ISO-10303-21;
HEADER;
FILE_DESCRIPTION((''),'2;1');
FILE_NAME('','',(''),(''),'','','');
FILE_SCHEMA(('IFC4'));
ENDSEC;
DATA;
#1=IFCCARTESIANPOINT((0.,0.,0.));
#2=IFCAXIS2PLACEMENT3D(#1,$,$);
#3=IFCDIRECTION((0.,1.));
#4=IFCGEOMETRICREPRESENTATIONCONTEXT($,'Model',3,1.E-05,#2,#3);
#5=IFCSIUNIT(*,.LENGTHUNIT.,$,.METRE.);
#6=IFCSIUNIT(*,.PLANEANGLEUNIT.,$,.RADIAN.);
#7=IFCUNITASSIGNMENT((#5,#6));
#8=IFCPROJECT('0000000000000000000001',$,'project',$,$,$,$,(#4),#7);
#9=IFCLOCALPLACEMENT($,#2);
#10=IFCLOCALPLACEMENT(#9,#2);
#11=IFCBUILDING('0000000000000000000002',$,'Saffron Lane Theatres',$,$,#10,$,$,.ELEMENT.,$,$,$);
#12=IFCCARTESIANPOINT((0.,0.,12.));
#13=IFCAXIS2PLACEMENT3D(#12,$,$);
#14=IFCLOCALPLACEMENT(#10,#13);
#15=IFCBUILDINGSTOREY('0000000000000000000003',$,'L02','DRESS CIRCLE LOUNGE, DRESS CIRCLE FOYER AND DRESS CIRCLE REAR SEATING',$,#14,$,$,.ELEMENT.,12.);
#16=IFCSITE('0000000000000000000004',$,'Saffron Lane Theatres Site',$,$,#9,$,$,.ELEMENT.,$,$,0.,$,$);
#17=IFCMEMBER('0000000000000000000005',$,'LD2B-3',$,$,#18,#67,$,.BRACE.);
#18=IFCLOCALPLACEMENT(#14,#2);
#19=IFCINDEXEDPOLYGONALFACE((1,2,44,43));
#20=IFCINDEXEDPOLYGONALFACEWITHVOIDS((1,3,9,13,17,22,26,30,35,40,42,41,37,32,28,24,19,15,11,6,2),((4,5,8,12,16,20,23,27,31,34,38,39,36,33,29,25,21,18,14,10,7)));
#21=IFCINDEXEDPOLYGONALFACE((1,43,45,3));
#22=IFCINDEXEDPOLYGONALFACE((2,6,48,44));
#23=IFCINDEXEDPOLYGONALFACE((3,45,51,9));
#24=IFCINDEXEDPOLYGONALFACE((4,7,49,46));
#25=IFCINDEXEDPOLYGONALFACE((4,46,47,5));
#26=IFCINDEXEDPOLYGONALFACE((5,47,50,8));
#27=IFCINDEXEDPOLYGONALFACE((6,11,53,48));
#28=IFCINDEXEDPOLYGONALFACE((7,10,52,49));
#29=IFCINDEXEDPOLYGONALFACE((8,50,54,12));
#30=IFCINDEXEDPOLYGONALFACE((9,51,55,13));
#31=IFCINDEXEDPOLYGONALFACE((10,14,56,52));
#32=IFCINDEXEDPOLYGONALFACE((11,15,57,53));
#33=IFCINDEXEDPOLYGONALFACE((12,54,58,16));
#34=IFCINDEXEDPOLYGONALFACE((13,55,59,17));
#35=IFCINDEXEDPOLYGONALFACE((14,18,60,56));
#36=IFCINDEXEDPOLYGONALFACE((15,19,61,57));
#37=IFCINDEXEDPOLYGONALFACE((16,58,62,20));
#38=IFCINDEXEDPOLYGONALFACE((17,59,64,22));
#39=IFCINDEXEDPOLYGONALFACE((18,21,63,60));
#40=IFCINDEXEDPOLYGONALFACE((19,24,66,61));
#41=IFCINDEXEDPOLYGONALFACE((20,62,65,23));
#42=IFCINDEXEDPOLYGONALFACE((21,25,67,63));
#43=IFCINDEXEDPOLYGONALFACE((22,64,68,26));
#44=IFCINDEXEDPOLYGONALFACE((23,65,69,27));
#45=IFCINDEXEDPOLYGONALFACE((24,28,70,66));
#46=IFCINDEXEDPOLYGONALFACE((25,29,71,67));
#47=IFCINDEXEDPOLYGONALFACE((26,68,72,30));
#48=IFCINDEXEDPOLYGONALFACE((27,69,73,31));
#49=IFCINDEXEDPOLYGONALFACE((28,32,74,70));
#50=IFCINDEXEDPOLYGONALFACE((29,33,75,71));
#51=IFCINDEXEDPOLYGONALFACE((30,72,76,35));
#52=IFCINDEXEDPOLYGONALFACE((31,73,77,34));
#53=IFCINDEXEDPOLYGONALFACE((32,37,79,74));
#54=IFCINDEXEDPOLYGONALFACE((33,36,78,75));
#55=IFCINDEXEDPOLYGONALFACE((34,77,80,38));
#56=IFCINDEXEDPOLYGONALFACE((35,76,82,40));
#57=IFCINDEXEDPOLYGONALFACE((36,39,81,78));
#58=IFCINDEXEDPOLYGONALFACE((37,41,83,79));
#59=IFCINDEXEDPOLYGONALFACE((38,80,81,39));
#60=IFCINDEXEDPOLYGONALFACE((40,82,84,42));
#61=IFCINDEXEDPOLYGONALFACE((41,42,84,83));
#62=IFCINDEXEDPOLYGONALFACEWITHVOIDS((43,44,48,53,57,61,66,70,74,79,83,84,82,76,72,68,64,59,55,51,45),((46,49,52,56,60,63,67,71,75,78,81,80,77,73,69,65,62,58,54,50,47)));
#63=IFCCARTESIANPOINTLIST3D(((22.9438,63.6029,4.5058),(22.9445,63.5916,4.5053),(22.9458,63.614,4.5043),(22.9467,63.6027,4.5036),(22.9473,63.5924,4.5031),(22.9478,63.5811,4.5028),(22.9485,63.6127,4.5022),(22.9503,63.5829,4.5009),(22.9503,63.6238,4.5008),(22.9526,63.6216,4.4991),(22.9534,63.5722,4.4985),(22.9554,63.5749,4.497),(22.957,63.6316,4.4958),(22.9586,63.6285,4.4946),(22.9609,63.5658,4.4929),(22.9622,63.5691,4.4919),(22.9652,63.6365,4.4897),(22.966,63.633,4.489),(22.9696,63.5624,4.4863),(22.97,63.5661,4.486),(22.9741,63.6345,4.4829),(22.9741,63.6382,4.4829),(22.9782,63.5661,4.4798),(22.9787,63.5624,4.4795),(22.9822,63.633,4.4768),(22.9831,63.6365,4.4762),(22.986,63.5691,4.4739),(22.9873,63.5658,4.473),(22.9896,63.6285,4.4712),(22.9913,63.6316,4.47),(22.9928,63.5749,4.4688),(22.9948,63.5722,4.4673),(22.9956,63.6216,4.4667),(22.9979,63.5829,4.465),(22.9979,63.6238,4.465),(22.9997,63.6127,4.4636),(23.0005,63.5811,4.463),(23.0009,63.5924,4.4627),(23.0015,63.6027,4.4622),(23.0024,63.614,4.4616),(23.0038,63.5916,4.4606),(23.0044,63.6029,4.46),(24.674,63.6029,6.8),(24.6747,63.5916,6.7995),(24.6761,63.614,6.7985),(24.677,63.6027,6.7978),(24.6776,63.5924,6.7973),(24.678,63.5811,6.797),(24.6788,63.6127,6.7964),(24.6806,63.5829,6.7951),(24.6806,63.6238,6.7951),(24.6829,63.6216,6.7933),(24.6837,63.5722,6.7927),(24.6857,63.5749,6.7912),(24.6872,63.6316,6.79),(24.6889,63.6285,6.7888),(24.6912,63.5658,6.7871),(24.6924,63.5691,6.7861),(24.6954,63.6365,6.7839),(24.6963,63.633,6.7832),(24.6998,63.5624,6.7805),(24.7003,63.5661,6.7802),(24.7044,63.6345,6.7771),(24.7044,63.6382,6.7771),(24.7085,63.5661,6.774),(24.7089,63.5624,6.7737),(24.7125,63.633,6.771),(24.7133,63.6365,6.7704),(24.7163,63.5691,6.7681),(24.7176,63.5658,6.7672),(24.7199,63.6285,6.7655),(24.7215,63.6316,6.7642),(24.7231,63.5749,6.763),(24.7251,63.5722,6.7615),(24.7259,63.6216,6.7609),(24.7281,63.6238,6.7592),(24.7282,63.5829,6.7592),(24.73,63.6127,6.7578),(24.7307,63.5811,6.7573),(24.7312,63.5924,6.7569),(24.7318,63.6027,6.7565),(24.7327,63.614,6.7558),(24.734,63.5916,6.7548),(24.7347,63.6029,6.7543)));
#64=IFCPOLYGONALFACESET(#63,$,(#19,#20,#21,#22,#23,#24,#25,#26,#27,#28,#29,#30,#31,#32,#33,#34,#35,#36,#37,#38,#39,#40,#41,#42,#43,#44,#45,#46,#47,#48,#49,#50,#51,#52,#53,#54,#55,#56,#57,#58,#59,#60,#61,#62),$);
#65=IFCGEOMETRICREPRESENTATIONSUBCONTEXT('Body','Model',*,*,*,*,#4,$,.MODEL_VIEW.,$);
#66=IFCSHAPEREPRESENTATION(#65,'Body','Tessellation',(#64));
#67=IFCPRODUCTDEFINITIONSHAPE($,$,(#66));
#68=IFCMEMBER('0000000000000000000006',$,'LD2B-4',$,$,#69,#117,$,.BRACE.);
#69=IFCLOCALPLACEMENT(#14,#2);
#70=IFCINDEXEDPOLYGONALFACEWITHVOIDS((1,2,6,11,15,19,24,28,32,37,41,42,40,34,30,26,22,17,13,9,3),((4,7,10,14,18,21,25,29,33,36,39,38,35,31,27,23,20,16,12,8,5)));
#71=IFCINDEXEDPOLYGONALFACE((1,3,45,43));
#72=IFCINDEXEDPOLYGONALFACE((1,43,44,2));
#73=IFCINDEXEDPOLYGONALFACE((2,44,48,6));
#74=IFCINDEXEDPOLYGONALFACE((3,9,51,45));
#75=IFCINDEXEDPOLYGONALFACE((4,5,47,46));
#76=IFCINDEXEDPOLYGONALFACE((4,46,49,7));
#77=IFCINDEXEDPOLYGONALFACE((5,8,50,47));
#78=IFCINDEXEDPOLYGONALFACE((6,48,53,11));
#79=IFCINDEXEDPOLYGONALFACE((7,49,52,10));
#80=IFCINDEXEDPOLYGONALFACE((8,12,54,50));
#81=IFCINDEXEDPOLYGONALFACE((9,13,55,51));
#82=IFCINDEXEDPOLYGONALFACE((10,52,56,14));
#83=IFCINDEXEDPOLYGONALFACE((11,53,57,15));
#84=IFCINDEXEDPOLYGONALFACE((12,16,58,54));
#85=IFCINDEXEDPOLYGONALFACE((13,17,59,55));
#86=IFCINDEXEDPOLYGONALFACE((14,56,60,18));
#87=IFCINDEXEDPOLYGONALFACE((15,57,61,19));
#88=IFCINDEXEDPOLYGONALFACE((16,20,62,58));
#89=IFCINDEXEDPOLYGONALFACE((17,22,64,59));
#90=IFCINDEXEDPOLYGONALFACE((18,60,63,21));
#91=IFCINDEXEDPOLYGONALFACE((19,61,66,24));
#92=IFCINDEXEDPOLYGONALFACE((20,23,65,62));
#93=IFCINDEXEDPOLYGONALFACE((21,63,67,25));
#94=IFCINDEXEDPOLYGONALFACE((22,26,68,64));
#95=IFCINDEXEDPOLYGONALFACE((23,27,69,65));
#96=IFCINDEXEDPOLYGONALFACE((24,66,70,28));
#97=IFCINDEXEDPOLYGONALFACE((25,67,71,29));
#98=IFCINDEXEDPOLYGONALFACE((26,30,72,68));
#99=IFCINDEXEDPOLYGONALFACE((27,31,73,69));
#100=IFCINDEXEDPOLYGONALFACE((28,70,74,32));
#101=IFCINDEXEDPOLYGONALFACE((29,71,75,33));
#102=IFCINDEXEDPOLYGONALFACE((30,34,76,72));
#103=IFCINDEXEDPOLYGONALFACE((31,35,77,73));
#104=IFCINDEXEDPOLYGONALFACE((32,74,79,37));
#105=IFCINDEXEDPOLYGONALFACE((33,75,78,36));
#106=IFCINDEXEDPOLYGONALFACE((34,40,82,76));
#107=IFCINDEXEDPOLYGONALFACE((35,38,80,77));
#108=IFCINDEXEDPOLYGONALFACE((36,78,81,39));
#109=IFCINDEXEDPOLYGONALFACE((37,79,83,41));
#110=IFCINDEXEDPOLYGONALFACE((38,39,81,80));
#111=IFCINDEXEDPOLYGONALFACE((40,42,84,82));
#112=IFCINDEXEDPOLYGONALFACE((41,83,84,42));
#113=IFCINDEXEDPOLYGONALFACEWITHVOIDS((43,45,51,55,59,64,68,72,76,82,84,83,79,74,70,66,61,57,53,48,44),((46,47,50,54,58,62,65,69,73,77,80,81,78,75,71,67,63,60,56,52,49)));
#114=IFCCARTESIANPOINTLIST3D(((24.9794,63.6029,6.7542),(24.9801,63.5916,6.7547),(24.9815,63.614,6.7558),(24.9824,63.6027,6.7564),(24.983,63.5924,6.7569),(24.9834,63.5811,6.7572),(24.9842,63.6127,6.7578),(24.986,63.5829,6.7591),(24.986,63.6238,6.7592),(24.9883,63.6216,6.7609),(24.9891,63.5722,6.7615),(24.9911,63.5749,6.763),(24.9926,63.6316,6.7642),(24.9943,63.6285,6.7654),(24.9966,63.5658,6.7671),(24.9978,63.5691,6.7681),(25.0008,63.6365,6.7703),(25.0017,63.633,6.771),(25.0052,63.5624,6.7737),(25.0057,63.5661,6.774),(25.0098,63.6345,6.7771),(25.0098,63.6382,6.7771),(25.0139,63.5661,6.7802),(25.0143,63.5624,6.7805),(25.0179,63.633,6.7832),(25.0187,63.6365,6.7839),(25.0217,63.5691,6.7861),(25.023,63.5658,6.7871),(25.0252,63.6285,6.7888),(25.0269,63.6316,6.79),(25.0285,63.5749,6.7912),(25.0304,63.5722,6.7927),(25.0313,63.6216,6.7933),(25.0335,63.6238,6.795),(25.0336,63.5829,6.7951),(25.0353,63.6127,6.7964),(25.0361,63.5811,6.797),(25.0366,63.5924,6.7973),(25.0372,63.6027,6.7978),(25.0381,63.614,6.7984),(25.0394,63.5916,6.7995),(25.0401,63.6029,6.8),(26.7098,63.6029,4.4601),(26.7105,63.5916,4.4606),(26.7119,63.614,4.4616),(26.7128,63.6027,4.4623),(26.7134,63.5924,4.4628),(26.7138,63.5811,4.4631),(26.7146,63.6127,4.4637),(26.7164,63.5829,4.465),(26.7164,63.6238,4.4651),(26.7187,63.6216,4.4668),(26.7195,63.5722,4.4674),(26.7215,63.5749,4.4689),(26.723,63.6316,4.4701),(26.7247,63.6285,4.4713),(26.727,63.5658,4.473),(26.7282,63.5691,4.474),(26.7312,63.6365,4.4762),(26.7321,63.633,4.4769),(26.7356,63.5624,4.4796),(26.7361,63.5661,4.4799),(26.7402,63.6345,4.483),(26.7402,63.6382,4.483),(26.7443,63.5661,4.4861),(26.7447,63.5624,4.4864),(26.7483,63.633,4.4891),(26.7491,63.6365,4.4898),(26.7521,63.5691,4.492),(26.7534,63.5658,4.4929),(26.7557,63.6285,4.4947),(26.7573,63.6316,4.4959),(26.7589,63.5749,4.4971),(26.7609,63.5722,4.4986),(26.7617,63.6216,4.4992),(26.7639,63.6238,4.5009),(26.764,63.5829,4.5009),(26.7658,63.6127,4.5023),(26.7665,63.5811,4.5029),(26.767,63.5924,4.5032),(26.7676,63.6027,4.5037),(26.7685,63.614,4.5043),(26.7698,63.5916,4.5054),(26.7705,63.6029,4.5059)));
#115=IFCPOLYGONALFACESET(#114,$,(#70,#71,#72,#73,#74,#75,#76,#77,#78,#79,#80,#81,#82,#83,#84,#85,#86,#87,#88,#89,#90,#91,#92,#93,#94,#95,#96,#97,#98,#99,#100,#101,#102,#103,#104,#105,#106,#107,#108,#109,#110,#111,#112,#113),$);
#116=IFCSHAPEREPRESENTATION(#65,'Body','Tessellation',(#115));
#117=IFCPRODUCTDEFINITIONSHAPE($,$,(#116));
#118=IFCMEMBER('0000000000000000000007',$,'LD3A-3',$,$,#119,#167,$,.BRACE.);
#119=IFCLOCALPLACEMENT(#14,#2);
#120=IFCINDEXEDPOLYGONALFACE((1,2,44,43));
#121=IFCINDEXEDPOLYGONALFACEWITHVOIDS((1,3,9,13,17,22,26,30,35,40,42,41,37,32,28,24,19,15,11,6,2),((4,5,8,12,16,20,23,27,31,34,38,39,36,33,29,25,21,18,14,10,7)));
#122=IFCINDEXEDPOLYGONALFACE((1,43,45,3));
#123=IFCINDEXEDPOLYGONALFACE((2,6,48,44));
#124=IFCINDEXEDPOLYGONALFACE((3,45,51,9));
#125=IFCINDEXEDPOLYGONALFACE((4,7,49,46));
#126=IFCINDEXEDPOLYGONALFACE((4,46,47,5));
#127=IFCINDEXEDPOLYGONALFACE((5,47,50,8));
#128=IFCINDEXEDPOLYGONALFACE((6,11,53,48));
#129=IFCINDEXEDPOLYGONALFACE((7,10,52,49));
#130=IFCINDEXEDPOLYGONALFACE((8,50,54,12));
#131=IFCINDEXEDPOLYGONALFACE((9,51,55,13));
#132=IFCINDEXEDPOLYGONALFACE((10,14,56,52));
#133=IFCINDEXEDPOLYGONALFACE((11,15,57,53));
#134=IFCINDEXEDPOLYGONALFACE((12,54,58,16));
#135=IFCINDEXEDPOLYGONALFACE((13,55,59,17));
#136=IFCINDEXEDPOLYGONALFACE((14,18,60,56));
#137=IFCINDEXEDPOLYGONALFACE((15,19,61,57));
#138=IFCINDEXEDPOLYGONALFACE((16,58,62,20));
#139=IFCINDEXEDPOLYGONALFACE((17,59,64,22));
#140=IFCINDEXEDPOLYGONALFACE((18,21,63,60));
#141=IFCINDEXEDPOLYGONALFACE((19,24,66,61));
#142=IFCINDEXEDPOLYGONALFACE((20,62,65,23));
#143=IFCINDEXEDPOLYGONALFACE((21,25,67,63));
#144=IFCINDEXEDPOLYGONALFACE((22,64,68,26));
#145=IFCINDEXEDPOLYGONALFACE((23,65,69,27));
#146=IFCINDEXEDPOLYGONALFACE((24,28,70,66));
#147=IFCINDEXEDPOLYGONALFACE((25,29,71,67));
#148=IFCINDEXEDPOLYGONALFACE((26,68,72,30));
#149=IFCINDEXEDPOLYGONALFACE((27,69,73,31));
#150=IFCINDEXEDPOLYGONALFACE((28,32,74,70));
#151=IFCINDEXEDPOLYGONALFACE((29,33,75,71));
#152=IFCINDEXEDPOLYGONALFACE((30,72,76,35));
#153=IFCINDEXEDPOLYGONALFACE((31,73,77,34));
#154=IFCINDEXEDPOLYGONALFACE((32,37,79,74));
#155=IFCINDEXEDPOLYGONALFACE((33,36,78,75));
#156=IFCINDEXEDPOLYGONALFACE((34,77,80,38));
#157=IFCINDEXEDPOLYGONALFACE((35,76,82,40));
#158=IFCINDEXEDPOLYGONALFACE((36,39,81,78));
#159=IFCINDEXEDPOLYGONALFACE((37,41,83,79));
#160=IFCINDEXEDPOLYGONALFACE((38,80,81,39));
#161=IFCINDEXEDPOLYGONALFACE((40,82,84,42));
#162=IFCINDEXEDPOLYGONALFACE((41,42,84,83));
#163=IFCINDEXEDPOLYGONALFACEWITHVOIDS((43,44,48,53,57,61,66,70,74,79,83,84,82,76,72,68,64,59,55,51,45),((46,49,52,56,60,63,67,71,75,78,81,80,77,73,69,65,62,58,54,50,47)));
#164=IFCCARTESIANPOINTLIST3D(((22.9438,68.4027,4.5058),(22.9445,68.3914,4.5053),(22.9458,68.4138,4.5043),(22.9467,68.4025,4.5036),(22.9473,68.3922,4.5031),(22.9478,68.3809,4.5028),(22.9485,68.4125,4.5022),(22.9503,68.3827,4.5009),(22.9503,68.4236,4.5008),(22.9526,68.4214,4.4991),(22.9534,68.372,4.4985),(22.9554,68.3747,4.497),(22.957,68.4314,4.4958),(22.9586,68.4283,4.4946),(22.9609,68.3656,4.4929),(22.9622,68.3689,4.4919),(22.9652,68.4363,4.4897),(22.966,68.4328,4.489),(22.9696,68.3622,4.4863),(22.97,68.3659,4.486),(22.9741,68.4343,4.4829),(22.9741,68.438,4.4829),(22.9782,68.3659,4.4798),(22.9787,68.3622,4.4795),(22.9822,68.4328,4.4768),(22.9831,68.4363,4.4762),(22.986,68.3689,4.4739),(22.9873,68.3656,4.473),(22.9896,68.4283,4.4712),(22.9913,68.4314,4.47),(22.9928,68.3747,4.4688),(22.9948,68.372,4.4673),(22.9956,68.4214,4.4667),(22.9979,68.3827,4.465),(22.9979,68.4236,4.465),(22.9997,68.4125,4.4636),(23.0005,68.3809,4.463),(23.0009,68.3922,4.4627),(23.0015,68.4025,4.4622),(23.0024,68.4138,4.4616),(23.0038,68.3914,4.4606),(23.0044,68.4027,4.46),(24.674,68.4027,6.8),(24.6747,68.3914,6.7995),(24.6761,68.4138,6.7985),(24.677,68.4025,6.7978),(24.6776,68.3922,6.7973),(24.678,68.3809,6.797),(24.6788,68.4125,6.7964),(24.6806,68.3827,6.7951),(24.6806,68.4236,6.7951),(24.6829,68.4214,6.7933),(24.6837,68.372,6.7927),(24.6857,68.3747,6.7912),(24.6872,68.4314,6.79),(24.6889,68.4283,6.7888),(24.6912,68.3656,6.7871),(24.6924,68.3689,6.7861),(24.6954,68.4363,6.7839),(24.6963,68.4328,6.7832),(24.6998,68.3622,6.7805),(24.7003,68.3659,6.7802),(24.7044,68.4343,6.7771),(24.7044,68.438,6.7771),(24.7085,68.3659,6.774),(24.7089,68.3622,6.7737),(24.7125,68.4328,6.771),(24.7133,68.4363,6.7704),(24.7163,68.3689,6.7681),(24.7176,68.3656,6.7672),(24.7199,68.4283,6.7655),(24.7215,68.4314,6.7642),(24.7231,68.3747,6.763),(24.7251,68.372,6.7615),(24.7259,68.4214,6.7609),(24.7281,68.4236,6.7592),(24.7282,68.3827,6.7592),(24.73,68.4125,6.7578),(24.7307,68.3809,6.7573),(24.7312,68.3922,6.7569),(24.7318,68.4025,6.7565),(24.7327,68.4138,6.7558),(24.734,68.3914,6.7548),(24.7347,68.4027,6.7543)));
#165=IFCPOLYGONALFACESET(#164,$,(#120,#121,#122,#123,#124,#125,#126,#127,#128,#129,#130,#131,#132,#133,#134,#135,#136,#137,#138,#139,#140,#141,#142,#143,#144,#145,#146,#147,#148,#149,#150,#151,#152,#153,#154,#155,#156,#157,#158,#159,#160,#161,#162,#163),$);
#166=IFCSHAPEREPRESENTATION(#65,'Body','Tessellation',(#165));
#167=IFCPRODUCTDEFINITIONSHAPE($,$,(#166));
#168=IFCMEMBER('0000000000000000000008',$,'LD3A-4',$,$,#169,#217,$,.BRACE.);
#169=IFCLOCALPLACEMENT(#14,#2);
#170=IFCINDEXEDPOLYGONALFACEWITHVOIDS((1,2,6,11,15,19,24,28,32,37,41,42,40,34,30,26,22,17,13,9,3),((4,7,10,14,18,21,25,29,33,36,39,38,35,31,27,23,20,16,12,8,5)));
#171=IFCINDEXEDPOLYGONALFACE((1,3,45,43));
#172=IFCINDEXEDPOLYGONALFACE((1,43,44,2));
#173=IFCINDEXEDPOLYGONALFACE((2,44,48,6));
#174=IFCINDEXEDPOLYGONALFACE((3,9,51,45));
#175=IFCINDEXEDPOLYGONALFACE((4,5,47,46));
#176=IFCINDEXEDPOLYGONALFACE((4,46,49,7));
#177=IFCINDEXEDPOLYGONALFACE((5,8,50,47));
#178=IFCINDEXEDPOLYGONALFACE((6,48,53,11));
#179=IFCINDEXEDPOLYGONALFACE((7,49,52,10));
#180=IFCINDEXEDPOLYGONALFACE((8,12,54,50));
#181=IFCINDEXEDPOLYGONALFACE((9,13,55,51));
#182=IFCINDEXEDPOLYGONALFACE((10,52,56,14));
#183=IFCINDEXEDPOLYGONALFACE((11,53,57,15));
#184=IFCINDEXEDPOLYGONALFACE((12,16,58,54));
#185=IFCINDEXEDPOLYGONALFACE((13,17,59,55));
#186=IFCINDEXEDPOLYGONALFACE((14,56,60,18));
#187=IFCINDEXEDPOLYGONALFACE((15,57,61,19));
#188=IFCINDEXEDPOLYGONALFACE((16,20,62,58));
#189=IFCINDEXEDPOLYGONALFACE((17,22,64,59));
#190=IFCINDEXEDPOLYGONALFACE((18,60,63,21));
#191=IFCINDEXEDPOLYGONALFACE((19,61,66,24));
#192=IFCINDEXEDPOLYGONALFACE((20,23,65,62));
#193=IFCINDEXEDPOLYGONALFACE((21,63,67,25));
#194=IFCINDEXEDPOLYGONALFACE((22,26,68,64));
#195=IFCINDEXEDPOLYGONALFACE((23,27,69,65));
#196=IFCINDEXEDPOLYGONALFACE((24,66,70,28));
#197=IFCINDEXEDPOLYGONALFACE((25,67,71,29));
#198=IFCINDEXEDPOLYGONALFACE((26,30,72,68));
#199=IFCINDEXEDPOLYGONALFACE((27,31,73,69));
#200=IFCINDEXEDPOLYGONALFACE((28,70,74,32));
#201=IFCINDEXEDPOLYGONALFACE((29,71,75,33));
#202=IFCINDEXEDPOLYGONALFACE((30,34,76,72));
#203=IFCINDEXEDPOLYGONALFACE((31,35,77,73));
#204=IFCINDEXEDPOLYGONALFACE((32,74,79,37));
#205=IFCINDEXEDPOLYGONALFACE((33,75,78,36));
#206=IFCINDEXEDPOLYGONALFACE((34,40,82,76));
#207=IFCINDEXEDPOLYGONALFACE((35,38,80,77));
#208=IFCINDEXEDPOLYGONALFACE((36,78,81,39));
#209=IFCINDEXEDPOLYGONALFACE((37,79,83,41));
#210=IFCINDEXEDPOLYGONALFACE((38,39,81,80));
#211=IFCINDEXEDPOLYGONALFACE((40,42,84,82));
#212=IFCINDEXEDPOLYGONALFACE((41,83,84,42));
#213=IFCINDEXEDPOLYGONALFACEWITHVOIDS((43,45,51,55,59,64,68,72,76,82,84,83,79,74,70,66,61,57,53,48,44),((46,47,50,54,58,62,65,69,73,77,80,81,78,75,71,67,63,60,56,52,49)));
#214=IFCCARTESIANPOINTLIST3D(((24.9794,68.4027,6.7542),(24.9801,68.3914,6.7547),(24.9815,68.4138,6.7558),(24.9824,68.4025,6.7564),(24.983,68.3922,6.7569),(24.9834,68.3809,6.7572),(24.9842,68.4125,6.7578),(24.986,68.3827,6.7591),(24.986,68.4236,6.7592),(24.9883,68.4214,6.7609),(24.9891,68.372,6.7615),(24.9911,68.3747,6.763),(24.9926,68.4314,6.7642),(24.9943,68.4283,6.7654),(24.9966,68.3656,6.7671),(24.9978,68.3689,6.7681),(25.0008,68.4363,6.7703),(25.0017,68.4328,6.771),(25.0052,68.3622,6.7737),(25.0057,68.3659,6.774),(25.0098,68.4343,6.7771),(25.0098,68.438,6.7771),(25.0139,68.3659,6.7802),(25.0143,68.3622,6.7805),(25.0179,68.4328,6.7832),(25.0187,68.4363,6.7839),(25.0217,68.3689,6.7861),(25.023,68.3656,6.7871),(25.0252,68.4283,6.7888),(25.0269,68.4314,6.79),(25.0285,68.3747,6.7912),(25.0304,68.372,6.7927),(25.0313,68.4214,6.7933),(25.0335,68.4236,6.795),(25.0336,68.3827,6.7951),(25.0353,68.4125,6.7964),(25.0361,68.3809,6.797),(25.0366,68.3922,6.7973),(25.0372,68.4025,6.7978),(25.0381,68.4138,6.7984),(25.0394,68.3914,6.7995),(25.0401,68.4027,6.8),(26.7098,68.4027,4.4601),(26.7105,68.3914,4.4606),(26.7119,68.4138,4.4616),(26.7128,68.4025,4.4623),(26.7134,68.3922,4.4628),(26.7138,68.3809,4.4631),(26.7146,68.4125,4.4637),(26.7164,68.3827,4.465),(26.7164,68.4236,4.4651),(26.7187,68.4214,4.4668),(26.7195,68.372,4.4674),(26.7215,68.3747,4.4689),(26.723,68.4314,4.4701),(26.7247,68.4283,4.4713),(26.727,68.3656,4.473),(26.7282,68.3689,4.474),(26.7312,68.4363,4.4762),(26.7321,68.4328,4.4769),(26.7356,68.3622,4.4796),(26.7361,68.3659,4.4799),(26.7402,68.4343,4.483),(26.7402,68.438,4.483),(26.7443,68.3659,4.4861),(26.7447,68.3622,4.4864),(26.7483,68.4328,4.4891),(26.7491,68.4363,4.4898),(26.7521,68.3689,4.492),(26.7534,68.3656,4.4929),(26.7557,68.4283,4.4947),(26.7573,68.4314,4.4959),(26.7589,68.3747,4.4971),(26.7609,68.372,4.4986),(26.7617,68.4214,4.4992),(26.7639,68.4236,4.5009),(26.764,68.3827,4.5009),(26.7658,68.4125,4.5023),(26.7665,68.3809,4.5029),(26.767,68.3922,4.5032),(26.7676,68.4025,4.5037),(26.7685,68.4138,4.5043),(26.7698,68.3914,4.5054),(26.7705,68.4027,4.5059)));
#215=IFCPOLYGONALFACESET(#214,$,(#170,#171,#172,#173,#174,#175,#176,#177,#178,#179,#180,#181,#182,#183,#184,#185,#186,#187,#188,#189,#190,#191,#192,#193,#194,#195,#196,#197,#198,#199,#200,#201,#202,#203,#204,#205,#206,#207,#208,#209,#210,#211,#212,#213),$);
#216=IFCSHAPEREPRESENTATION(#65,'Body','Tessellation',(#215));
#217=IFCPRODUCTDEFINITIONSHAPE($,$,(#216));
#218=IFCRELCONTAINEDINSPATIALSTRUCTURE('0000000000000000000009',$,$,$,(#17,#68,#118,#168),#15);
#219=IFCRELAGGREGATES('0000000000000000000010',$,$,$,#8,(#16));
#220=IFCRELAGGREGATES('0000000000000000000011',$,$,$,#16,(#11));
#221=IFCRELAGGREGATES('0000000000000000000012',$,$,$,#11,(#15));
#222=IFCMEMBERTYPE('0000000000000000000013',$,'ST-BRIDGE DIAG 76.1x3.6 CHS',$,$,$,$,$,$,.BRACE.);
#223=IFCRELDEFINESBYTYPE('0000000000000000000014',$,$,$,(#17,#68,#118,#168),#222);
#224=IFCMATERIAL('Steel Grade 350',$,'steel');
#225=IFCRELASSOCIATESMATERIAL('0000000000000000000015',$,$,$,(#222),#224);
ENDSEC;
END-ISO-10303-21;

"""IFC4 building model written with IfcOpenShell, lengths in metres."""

from ifc_helpers import new_model, si_unit, direction, frame, origin, origin_2d, place, context, subcontext, project, spatial, hollow_circle, extrude, material, material_profile, profile_set, type_object, element, save


model = new_model("IFC4")

# Units and contexts
model_context = context("Model", 3, precision=1e-05, world=origin(), true_north=direction((0.0, 1.0)))
body_context = subcontext(model_context, "Body", "Model", "MODEL_VIEW")
ifc_project = project(units=[si_unit("LENGTHUNIT", "METRE"), si_unit("PLANEANGLEUNIT", "RADIAN")], contexts=[model_context])

# Site, building, storey
site_placement = place(None, origin())
site = spatial("IfcSite", under=ifc_project, at=site_placement, Name="Saffron Lane Theatres Site", CompositionType="ELEMENT", RefElevation=0.0)
building_placement = place(site_placement, origin())
building = spatial("IfcBuilding", under=site, at=building_placement, Name="Saffron Lane Theatres", CompositionType="ELEMENT")
storey_placement = place(building_placement, frame((0.0, 0.0, 12.0)))
storey = spatial("IfcBuildingStorey", under=building, at=storey_placement, Name="L02", Description="DRESS CIRCLE LOUNGE, DRESS CIRCLE FOYER AND DRESS CIRCLE REAR SEATING", CompositionType="ELEMENT", Elevation=12.0)

# Members
ifc_material_1 = material(Name="Steel Grade 350", Category="steel")
ifc_material_profile_1 = material_profile(ifc_material_1, hollow_circle(Radius=0.0381, WallThickness=0.0037, at=origin_2d()))
ifc_profile_set_1 = profile_set([ifc_material_profile_1], Name="Steel Grade 350")
member_type = type_object("IfcMemberType", Name="ST-BRIDGE DIAG 76.1x3.6 CHS", PredefinedType="BRACE", material=ifc_profile_set_1)
for number, where, z_axis, x_axis, name in (
    (1, (22.9741, 63.6001, 4.4829), (0.602132, 0.0, 0.798396), (0.0, 1.0, 0.0), "LD2B-3"),
    (2, (25.0098, 63.6001, 6.7771), (0.602186, 0.0, -0.798356), (0.0, 1.0, 0.0), "LD2B-4"),
    (3, (22.9741, 68.3999, 4.4829), (0.602132, 0.0, 0.798396), (0.0, 1.0, 0.0), "LD3A-3"),
    (4, (25.0098, 68.3999, 6.7771), (0.602186, 0.0, -0.798356), (0.0, 1.0, 0.0), "LD3A-4"),
):
    element("IfcMember", number, at=place(storey_placement, frame(where, z_axis=z_axis, x_axis=x_axis)), inside=storey, type_object=member_type, Name=name, PredefinedType="BRACE", context=body_context, shape_type="SweptSolid", body=[
        extrude(hollow_circle(Radius=0.0381, WallThickness=0.0037, at=origin_2d()), origin(), (0.0, 0.0, 1.0), 2.8735),
    ])

save(model, "model.ifc")
